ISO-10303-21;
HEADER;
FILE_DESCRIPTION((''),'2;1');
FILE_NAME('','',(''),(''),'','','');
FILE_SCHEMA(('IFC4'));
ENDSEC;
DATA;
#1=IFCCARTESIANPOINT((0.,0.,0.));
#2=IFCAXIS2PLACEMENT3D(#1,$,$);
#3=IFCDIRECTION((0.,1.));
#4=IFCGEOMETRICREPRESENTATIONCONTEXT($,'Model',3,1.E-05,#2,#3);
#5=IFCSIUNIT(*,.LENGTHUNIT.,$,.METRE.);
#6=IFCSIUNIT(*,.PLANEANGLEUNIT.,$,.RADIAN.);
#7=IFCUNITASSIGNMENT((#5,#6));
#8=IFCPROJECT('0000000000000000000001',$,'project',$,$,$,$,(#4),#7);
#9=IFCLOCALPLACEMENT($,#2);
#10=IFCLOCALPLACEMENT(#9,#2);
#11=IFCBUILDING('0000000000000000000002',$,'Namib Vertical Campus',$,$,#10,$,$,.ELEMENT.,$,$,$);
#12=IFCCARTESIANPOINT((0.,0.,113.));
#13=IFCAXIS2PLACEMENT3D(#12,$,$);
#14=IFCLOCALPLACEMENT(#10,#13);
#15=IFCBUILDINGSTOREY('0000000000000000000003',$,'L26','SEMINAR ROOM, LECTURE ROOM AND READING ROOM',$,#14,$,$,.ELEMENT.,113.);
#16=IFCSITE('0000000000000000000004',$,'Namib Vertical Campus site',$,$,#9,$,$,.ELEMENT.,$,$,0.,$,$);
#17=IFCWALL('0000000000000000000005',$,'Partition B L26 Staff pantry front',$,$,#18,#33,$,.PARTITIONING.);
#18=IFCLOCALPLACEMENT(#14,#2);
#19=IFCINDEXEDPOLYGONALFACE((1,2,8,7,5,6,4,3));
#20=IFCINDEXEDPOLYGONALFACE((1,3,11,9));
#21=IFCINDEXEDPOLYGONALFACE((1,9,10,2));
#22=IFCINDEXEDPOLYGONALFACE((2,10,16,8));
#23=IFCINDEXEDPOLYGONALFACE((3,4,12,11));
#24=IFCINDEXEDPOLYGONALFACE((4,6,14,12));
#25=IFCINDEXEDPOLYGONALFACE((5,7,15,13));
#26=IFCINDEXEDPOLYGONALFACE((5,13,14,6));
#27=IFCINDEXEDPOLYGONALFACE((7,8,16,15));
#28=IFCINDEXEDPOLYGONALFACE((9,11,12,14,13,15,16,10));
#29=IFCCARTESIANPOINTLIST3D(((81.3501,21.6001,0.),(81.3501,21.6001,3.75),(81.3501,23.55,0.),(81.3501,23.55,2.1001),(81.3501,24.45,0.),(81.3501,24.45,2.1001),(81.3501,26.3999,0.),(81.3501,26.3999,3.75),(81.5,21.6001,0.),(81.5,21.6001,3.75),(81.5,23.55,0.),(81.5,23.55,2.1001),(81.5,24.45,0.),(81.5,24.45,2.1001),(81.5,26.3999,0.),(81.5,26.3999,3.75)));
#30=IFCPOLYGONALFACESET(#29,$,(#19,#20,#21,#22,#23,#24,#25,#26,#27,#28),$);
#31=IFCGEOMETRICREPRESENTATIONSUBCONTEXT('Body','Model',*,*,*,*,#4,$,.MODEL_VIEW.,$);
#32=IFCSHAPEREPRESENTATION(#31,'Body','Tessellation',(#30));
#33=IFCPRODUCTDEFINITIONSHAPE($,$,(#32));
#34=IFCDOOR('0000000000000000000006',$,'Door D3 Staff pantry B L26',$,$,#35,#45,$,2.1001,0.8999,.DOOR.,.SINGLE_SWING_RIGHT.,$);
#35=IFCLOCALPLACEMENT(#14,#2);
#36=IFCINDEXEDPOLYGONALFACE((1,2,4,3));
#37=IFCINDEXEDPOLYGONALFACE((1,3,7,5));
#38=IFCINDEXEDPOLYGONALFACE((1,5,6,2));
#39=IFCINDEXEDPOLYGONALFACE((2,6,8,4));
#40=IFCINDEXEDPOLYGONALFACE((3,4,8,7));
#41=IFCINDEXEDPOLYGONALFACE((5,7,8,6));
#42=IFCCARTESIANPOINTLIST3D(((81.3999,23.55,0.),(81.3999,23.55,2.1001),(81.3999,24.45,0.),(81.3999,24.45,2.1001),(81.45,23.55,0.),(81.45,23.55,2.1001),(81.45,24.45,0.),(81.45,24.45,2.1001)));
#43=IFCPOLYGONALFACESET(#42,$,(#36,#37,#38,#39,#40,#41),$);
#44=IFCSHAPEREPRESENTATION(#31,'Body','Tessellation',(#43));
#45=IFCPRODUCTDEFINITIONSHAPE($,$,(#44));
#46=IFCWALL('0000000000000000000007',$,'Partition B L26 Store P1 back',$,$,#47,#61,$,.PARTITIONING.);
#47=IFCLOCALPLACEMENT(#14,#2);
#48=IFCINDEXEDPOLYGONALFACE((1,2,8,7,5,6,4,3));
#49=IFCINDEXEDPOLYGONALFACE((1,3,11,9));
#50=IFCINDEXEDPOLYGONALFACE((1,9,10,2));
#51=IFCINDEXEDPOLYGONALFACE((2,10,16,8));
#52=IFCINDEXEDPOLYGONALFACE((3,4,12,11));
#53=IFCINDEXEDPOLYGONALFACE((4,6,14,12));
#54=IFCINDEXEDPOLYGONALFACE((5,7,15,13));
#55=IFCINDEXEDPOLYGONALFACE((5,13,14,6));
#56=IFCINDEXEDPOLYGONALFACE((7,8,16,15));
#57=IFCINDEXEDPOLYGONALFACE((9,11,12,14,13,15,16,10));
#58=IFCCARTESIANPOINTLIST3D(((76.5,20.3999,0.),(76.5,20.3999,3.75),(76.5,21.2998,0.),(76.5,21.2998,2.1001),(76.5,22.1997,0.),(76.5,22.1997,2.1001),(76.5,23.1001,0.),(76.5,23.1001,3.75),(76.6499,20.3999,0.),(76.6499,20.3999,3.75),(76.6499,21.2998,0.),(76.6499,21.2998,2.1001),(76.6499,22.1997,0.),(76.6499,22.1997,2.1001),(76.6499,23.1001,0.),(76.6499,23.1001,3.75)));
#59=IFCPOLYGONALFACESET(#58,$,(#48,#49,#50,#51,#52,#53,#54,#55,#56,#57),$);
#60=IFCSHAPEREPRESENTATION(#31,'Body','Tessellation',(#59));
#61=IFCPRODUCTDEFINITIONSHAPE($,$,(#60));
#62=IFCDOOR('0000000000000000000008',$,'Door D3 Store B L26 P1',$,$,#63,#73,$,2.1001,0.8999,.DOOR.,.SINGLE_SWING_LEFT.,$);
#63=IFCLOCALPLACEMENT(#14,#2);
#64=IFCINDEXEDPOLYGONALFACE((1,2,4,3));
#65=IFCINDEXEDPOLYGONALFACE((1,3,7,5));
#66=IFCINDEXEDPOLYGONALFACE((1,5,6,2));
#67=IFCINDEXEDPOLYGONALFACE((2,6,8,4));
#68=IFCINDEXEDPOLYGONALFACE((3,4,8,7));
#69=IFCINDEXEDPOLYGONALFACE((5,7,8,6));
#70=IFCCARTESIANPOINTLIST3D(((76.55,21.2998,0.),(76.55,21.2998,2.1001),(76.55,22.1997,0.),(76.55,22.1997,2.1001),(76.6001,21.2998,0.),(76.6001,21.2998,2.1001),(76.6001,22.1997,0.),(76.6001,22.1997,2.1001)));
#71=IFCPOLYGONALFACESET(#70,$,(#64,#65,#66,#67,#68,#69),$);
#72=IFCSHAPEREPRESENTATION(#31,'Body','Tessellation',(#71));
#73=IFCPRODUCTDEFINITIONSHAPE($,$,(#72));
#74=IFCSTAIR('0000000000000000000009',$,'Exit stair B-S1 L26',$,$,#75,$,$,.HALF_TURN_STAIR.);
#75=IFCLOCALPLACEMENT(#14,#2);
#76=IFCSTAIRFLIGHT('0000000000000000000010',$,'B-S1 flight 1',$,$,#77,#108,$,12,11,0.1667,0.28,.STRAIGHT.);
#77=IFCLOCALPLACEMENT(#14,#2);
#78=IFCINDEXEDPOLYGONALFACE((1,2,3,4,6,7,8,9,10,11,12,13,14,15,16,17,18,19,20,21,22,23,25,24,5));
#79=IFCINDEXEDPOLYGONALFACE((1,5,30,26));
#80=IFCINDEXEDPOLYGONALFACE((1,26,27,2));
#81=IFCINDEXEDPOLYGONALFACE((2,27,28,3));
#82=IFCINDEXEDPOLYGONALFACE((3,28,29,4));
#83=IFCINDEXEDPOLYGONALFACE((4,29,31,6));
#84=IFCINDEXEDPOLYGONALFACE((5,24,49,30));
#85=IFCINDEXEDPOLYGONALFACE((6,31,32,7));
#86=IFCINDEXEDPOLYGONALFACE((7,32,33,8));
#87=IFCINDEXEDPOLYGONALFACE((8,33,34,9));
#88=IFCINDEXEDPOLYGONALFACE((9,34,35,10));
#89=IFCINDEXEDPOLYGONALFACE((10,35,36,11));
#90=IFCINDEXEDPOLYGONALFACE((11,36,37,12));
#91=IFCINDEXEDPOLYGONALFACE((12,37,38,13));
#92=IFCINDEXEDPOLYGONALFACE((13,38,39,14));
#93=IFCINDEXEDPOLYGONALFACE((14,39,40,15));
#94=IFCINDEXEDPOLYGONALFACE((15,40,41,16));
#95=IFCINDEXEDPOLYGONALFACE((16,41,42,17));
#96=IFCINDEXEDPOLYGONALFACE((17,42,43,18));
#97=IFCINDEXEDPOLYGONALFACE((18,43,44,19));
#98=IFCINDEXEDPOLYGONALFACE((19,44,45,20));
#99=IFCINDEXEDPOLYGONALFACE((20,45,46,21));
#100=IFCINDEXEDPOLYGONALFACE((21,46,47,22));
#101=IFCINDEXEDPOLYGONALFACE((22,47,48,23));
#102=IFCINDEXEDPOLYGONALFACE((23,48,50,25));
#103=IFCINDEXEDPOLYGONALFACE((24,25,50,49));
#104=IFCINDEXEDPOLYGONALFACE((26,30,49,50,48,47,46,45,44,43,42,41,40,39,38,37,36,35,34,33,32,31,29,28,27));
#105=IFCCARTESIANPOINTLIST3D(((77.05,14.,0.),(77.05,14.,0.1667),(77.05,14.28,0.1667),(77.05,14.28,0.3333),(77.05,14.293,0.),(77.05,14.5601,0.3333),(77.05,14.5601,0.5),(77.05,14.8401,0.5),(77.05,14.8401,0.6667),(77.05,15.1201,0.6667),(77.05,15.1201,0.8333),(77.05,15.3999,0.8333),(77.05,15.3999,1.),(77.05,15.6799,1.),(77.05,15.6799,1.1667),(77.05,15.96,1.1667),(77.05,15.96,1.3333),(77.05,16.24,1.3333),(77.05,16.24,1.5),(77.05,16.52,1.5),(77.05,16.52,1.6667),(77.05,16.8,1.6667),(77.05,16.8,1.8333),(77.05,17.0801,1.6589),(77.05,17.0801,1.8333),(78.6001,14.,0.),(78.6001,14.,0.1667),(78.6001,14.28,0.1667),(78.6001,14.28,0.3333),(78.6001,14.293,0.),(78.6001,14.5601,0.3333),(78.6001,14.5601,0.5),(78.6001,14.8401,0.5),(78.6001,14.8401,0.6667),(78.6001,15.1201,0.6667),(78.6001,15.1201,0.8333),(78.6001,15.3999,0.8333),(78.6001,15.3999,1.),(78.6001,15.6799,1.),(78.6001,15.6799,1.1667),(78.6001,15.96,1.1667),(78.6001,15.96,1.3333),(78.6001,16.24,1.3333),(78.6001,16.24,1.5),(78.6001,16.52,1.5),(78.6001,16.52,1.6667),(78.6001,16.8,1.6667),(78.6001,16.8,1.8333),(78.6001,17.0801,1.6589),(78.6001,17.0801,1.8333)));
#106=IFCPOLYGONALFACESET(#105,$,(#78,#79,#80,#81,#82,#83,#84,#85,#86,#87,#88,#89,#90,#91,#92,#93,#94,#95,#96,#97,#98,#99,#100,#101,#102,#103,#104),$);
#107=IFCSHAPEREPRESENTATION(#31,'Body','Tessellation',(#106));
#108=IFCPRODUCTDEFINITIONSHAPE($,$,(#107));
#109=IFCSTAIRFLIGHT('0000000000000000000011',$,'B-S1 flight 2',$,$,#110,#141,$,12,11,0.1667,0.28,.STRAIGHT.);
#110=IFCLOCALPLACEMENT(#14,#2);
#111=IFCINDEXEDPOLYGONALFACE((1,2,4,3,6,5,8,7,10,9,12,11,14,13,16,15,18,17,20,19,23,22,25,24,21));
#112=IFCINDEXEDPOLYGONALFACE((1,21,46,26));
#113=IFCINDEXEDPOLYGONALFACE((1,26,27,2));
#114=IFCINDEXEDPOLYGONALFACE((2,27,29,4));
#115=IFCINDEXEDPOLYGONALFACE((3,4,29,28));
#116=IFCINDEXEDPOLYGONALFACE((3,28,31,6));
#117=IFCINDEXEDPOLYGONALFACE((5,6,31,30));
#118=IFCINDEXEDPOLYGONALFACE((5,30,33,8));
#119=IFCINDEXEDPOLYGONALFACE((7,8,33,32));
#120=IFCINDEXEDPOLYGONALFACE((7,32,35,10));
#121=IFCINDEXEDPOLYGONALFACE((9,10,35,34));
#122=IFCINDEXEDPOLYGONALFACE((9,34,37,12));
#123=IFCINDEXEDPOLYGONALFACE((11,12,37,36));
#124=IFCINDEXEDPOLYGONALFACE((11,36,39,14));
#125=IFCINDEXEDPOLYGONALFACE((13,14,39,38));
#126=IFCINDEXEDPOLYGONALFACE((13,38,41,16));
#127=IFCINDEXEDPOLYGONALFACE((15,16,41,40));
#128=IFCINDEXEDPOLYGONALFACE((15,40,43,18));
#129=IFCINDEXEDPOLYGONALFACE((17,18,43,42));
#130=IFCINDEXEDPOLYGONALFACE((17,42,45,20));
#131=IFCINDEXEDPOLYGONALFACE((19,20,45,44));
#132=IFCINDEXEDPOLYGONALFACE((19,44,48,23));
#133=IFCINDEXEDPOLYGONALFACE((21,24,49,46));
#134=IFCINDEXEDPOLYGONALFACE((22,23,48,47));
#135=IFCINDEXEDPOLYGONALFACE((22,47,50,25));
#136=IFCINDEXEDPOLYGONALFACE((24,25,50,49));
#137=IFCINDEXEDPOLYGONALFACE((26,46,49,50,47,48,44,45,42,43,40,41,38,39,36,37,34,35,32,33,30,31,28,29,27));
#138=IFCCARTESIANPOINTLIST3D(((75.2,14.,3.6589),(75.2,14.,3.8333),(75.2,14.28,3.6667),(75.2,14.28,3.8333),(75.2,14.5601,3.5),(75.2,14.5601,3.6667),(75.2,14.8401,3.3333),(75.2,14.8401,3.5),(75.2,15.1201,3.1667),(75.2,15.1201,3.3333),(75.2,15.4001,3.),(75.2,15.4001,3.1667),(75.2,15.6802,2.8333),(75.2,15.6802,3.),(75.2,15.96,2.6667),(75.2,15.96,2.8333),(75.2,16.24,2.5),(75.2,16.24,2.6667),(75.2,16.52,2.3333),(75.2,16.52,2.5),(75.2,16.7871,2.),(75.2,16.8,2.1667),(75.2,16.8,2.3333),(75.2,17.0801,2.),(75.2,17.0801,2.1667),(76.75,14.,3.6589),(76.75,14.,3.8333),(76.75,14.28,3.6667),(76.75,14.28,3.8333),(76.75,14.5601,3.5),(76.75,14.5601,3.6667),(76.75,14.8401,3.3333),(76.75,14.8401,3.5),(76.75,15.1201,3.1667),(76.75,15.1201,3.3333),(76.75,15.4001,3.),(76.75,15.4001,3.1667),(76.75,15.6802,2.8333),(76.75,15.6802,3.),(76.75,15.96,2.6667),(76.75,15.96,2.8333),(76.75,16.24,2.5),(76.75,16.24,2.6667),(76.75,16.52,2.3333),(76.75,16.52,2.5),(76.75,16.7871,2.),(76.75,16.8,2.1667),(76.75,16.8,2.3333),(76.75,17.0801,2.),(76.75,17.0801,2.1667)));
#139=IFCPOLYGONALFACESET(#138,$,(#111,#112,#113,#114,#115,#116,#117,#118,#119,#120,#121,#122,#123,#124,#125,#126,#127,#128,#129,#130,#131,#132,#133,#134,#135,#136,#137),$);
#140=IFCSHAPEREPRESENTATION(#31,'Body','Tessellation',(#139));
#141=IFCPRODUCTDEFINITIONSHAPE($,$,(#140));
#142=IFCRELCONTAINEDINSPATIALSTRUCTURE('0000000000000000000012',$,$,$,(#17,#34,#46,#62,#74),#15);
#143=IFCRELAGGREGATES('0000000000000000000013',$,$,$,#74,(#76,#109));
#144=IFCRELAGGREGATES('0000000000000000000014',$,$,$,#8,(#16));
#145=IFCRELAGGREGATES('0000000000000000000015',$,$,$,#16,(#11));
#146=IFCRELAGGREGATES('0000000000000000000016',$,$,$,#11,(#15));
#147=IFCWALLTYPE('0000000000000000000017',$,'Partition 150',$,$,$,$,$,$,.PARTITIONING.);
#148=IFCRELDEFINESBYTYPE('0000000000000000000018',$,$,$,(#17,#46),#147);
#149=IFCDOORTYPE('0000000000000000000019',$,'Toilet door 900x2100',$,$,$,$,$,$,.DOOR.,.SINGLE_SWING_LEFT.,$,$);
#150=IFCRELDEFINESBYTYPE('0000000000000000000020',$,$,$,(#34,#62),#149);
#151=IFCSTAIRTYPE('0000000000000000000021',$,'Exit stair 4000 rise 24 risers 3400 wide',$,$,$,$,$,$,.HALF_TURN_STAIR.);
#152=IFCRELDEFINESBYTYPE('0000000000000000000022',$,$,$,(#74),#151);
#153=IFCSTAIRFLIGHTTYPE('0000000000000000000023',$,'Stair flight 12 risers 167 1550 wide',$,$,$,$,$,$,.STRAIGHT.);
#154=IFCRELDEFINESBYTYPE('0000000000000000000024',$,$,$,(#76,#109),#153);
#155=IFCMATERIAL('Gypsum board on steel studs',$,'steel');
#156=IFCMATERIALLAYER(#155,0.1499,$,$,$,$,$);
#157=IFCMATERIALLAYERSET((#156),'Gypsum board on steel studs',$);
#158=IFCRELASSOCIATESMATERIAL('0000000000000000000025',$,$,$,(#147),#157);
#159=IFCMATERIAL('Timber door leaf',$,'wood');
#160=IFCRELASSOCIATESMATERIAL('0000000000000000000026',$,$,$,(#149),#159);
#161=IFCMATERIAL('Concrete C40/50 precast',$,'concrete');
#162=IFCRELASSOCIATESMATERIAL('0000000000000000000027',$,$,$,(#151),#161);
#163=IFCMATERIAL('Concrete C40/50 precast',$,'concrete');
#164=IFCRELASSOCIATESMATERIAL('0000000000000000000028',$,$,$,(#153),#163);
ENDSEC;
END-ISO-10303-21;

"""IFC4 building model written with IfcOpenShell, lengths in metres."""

from ifc_helpers import new_model, si_unit, direction, frame, frame_2d, origin, place, context, subcontext, project, spatial, polyline, rectangle, outline, extrude, material, layer, layer_set, type_object, element, fill, aggregate, save


model = new_model("IFC4")

# Units and contexts
model_context = context("Model", 3, precision=1e-05, world=origin(), true_north=direction((0.0, 1.0)))
body_context = subcontext(model_context, "Body", "Model", "MODEL_VIEW")
ifc_project = project(units=[si_unit("LENGTHUNIT", "METRE"), si_unit("PLANEANGLEUNIT", "RADIAN")], contexts=[model_context])

# Site, building, storey
site_placement = place(None, origin())
site = spatial("IfcSite", under=ifc_project, at=site_placement, Name="Namib Vertical Campus site", CompositionType="ELEMENT", RefElevation=0.0)
building_placement = place(site_placement, origin())
building = spatial("IfcBuilding", under=site, at=building_placement, Name="Namib Vertical Campus", CompositionType="ELEMENT")
storey_placement = place(building_placement, frame((0.0, 0.0, 113.0)))
storey = spatial("IfcBuildingStorey", under=building, at=storey_placement, Name="L26", Description="SEMINAR ROOM, LECTURE ROOM AND READING ROOM", CompositionType="ELEMENT", Elevation=113.0)

# Walls, openings, doors
ifc_material_1 = material(Name="Gypsum board on steel studs", Category="steel")
ifc_layer_1 = layer(ifc_material_1, 0.1499)
ifc_layer_set_1 = layer_set([ifc_layer_1], Name="Gypsum board on steel studs")
wall_type_1 = type_object("IfcWallType", Name="Partition 150", PredefinedType="PARTITIONING", material=ifc_layer_set_1)
wall_1_placement = place(storey_placement, frame((81.425, 21.6001, 0.0), z_axis=(0.0, 0.0, 1.0), x_axis=(0.0, 1.0, 0.0)))
wall_1 = element("IfcWall", 1, at=wall_1_placement, inside=storey, type_object=wall_type_1, Name="Partition B L26 Staff pantry front", PredefinedType="PARTITIONING", context=body_context, shape_type="SweptSolid", body=[
    extrude(rectangle(XDim=4.7998, YDim=0.1499, at=frame_2d((2.3999, 0.0))), origin(), (0.0, 0.0, 1.0), 3.75),
])
opening_1_placement = place(wall_1_placement, frame((1.95, 0.0, 0.0)))
opening_1 = element("IfcOpeningElement", 2, at=opening_1_placement, cuts=wall_1, PredefinedType="OPENING", context=body_context, shape_type="SweptSolid", body=[
    extrude(rectangle(XDim=0.8999, YDim=2.1001, at=frame_2d((0.45, 1.05))), frame((0.0, 0.085, 0.0), z_axis=(0.0, -1.0, 0.0), x_axis=(1.0, 0.0, 0.0)), (0.0, 0.0, 1.0), 0.1699),
])
ifc_material_2 = material(Name="Timber door leaf", Category="wood")
door_type_1 = type_object("IfcDoorType", Name="Toilet door 900x2100", OperationType="SINGLE_SWING_LEFT", PredefinedType="DOOR", material=ifc_material_2)
door_1_placement = place(opening_1_placement, frame((0.8999, 0.0, 0.0), z_axis=(0.0, 0.0, 1.0), x_axis=(-1.0, 0.0, 0.0)))
door_1 = element("IfcDoor", 3, at=door_1_placement, inside=storey, type_object=door_type_1, Name="Door D3 Staff pantry B L26", OperationType="SINGLE_SWING_RIGHT", OverallHeight=2.1001, OverallWidth=0.8999, PredefinedType="DOOR", context=body_context, shape_type="SweptSolid", body=[
    extrude(rectangle(XDim=0.8999, YDim=2.1001, at=frame_2d((0.45, 1.05))), frame((0.0, 0.0249, 0.0), z_axis=(0.0, -1.0, 0.0), x_axis=(1.0, 0.0, 0.0)), (0.0, 0.0, 1.0), 0.05),
])
fill(opening_1, door_1)
wall_2_placement = place(storey_placement, frame((76.575, 20.3999, 0.0), z_axis=(0.0, 0.0, 1.0), x_axis=(0.0, 1.0, 0.0)))
wall_2 = element("IfcWall", 4, at=wall_2_placement, inside=storey, type_object=wall_type_1, Name="Partition B L26 Store P1 back", PredefinedType="PARTITIONING", context=body_context, shape_type="SweptSolid", body=[
    extrude(rectangle(XDim=2.7002, YDim=0.1499, at=frame_2d((1.3501, 0.0))), origin(), (0.0, 0.0, 1.0), 3.75),
])
opening_2_placement = place(wall_2_placement, frame((0.8999, 0.0, 0.0)))
opening_2 = element("IfcOpeningElement", 5, at=opening_2_placement, cuts=wall_2, PredefinedType="OPENING", context=body_context, shape_type="SweptSolid", body=[
    extrude(rectangle(XDim=0.8999, YDim=2.1001, at=frame_2d((0.45, 1.05))), frame((0.0, 0.085, 0.0), z_axis=(0.0, -1.0, 0.0), x_axis=(1.0, 0.0, 0.0)), (0.0, 0.0, 1.0), 0.1699),
])
door_2_placement = place(opening_2_placement, origin())
door_2 = element("IfcDoor", 6, at=door_2_placement, inside=storey, type_object=door_type_1, Name="Door D3 Store B L26 P1", OperationType="SINGLE_SWING_LEFT", OverallHeight=2.1001, OverallWidth=0.8999, PredefinedType="DOOR", context=body_context, shape_type="SweptSolid", body=[
    extrude(rectangle(XDim=0.8999, YDim=2.1001, at=frame_2d((0.45, 1.05))), frame((0.0, 0.0249, 0.0), z_axis=(0.0, -1.0, 0.0), x_axis=(1.0, 0.0, 0.0)), (0.0, 0.0, 1.0), 0.05),
])
fill(opening_2, door_2)

# Stair, stair flights
ifc_material_3 = material(Name="Concrete C40/50 precast", Category="concrete")
stair_type = type_object("IfcStairType", Name="Exit stair 4000 rise 24 risers 3400 wide", PredefinedType="HALF_TURN_STAIR", material=ifc_material_3)
stair_placement = place(storey_placement, origin())
stair = element("IfcStair", 7, at=stair_placement, inside=storey, type_object=stair_type, Name="Exit stair B-S1 L26", PredefinedType="HALF_TURN_STAIR")
ifc_material_4 = material(Name="Concrete C40/50 precast", Category="concrete")
stair_flight_type = type_object("IfcStairFlightType", Name="Stair flight 12 risers 167 1550 wide", PredefinedType="STRAIGHT", material=ifc_material_4)
stair_flight_1_placement = place(storey_placement, frame((77.825, 14.0, 0.0), z_axis=(0.0, 0.0, 1.0), x_axis=(0.0, 1.0, 0.0)))
stair_flight_1 = element("IfcStairFlight", 8, at=stair_flight_1_placement, type_object=stair_flight_type, Name="B-S1 flight 1", NumberOfRisers=12, NumberOfTreads=11, PredefinedType="STRAIGHT", RiserHeight=0.1667, TreadLength=0.28, context=body_context, shape_type="SweptSolid", body=[
    extrude(outline(polyline([(0.0, 0.0), (0.0, 0.1667), (0.28, 0.1667), (0.28, 0.3333), (0.5601, 0.3333), (0.5601, 0.5), (0.8401, 0.5), (0.8401, 0.6667), (1.1201, 0.6667), (1.1201, 0.8333), (1.3999, 0.8333), (1.3999, 1.0), (1.6799, 1.0), (1.6799, 1.1667), (1.96, 1.1667), (1.96, 1.3333), (2.24, 1.3333), (2.24, 1.5), (2.52, 1.5), (2.52, 1.6667), (2.8, 1.6667), (2.8, 1.8333), (3.0801, 1.8333), (3.0801, 2.0), (3.0801, 1.6589), (0.293, 0.0), (0.0, 0.0)])), frame((0.0, 0.7749, 0.0), z_axis=(0.0, -1.0, 0.0), x_axis=(1.0, 0.0, 0.0)), (0.0, 0.0, 1.0), 1.55),
])
stair_flight_2_placement = place(storey_placement, frame((75.9751, 17.0801, 2.0), z_axis=(0.0, 0.0, 1.0), x_axis=(0.0, -1.0, 0.0)))
stair_flight_2 = element("IfcStairFlight", 9, at=stair_flight_2_placement, type_object=stair_flight_type, Name="B-S1 flight 2", NumberOfRisers=12, NumberOfTreads=11, PredefinedType="STRAIGHT", RiserHeight=0.1667, TreadLength=0.28, context=body_context, shape_type="SweptSolid", body=[
    extrude(outline(polyline([(0.0, 0.0), (0.0, 0.1667), (0.28, 0.1667), (0.28, 0.3333), (0.5601, 0.3333), (0.5601, 0.5), (0.8401, 0.5), (0.8401, 0.6667), (1.1201, 0.6667), (1.1201, 0.8333), (1.3999, 0.8333), (1.3999, 1.0), (1.6799, 1.0), (1.6799, 1.1667), (1.96, 1.1667), (1.96, 1.3333), (2.24, 1.3333), (2.24, 1.5), (2.52, 1.5), (2.52, 1.6667), (2.8, 1.6667), (2.8, 1.8333), (3.0801, 1.8333), (3.0801, 2.0), (3.0801, 1.6589), (0.293, 0.0), (0.0, 0.0)])), frame((0.0, 0.7749, 0.0), z_axis=(0.0, -1.0, 0.0), x_axis=(1.0, 0.0, 0.0)), (0.0, 0.0, 1.0), 1.55),
])
aggregate(stair, [stair_flight_1, stair_flight_2])

save(model, "model.ifc")
